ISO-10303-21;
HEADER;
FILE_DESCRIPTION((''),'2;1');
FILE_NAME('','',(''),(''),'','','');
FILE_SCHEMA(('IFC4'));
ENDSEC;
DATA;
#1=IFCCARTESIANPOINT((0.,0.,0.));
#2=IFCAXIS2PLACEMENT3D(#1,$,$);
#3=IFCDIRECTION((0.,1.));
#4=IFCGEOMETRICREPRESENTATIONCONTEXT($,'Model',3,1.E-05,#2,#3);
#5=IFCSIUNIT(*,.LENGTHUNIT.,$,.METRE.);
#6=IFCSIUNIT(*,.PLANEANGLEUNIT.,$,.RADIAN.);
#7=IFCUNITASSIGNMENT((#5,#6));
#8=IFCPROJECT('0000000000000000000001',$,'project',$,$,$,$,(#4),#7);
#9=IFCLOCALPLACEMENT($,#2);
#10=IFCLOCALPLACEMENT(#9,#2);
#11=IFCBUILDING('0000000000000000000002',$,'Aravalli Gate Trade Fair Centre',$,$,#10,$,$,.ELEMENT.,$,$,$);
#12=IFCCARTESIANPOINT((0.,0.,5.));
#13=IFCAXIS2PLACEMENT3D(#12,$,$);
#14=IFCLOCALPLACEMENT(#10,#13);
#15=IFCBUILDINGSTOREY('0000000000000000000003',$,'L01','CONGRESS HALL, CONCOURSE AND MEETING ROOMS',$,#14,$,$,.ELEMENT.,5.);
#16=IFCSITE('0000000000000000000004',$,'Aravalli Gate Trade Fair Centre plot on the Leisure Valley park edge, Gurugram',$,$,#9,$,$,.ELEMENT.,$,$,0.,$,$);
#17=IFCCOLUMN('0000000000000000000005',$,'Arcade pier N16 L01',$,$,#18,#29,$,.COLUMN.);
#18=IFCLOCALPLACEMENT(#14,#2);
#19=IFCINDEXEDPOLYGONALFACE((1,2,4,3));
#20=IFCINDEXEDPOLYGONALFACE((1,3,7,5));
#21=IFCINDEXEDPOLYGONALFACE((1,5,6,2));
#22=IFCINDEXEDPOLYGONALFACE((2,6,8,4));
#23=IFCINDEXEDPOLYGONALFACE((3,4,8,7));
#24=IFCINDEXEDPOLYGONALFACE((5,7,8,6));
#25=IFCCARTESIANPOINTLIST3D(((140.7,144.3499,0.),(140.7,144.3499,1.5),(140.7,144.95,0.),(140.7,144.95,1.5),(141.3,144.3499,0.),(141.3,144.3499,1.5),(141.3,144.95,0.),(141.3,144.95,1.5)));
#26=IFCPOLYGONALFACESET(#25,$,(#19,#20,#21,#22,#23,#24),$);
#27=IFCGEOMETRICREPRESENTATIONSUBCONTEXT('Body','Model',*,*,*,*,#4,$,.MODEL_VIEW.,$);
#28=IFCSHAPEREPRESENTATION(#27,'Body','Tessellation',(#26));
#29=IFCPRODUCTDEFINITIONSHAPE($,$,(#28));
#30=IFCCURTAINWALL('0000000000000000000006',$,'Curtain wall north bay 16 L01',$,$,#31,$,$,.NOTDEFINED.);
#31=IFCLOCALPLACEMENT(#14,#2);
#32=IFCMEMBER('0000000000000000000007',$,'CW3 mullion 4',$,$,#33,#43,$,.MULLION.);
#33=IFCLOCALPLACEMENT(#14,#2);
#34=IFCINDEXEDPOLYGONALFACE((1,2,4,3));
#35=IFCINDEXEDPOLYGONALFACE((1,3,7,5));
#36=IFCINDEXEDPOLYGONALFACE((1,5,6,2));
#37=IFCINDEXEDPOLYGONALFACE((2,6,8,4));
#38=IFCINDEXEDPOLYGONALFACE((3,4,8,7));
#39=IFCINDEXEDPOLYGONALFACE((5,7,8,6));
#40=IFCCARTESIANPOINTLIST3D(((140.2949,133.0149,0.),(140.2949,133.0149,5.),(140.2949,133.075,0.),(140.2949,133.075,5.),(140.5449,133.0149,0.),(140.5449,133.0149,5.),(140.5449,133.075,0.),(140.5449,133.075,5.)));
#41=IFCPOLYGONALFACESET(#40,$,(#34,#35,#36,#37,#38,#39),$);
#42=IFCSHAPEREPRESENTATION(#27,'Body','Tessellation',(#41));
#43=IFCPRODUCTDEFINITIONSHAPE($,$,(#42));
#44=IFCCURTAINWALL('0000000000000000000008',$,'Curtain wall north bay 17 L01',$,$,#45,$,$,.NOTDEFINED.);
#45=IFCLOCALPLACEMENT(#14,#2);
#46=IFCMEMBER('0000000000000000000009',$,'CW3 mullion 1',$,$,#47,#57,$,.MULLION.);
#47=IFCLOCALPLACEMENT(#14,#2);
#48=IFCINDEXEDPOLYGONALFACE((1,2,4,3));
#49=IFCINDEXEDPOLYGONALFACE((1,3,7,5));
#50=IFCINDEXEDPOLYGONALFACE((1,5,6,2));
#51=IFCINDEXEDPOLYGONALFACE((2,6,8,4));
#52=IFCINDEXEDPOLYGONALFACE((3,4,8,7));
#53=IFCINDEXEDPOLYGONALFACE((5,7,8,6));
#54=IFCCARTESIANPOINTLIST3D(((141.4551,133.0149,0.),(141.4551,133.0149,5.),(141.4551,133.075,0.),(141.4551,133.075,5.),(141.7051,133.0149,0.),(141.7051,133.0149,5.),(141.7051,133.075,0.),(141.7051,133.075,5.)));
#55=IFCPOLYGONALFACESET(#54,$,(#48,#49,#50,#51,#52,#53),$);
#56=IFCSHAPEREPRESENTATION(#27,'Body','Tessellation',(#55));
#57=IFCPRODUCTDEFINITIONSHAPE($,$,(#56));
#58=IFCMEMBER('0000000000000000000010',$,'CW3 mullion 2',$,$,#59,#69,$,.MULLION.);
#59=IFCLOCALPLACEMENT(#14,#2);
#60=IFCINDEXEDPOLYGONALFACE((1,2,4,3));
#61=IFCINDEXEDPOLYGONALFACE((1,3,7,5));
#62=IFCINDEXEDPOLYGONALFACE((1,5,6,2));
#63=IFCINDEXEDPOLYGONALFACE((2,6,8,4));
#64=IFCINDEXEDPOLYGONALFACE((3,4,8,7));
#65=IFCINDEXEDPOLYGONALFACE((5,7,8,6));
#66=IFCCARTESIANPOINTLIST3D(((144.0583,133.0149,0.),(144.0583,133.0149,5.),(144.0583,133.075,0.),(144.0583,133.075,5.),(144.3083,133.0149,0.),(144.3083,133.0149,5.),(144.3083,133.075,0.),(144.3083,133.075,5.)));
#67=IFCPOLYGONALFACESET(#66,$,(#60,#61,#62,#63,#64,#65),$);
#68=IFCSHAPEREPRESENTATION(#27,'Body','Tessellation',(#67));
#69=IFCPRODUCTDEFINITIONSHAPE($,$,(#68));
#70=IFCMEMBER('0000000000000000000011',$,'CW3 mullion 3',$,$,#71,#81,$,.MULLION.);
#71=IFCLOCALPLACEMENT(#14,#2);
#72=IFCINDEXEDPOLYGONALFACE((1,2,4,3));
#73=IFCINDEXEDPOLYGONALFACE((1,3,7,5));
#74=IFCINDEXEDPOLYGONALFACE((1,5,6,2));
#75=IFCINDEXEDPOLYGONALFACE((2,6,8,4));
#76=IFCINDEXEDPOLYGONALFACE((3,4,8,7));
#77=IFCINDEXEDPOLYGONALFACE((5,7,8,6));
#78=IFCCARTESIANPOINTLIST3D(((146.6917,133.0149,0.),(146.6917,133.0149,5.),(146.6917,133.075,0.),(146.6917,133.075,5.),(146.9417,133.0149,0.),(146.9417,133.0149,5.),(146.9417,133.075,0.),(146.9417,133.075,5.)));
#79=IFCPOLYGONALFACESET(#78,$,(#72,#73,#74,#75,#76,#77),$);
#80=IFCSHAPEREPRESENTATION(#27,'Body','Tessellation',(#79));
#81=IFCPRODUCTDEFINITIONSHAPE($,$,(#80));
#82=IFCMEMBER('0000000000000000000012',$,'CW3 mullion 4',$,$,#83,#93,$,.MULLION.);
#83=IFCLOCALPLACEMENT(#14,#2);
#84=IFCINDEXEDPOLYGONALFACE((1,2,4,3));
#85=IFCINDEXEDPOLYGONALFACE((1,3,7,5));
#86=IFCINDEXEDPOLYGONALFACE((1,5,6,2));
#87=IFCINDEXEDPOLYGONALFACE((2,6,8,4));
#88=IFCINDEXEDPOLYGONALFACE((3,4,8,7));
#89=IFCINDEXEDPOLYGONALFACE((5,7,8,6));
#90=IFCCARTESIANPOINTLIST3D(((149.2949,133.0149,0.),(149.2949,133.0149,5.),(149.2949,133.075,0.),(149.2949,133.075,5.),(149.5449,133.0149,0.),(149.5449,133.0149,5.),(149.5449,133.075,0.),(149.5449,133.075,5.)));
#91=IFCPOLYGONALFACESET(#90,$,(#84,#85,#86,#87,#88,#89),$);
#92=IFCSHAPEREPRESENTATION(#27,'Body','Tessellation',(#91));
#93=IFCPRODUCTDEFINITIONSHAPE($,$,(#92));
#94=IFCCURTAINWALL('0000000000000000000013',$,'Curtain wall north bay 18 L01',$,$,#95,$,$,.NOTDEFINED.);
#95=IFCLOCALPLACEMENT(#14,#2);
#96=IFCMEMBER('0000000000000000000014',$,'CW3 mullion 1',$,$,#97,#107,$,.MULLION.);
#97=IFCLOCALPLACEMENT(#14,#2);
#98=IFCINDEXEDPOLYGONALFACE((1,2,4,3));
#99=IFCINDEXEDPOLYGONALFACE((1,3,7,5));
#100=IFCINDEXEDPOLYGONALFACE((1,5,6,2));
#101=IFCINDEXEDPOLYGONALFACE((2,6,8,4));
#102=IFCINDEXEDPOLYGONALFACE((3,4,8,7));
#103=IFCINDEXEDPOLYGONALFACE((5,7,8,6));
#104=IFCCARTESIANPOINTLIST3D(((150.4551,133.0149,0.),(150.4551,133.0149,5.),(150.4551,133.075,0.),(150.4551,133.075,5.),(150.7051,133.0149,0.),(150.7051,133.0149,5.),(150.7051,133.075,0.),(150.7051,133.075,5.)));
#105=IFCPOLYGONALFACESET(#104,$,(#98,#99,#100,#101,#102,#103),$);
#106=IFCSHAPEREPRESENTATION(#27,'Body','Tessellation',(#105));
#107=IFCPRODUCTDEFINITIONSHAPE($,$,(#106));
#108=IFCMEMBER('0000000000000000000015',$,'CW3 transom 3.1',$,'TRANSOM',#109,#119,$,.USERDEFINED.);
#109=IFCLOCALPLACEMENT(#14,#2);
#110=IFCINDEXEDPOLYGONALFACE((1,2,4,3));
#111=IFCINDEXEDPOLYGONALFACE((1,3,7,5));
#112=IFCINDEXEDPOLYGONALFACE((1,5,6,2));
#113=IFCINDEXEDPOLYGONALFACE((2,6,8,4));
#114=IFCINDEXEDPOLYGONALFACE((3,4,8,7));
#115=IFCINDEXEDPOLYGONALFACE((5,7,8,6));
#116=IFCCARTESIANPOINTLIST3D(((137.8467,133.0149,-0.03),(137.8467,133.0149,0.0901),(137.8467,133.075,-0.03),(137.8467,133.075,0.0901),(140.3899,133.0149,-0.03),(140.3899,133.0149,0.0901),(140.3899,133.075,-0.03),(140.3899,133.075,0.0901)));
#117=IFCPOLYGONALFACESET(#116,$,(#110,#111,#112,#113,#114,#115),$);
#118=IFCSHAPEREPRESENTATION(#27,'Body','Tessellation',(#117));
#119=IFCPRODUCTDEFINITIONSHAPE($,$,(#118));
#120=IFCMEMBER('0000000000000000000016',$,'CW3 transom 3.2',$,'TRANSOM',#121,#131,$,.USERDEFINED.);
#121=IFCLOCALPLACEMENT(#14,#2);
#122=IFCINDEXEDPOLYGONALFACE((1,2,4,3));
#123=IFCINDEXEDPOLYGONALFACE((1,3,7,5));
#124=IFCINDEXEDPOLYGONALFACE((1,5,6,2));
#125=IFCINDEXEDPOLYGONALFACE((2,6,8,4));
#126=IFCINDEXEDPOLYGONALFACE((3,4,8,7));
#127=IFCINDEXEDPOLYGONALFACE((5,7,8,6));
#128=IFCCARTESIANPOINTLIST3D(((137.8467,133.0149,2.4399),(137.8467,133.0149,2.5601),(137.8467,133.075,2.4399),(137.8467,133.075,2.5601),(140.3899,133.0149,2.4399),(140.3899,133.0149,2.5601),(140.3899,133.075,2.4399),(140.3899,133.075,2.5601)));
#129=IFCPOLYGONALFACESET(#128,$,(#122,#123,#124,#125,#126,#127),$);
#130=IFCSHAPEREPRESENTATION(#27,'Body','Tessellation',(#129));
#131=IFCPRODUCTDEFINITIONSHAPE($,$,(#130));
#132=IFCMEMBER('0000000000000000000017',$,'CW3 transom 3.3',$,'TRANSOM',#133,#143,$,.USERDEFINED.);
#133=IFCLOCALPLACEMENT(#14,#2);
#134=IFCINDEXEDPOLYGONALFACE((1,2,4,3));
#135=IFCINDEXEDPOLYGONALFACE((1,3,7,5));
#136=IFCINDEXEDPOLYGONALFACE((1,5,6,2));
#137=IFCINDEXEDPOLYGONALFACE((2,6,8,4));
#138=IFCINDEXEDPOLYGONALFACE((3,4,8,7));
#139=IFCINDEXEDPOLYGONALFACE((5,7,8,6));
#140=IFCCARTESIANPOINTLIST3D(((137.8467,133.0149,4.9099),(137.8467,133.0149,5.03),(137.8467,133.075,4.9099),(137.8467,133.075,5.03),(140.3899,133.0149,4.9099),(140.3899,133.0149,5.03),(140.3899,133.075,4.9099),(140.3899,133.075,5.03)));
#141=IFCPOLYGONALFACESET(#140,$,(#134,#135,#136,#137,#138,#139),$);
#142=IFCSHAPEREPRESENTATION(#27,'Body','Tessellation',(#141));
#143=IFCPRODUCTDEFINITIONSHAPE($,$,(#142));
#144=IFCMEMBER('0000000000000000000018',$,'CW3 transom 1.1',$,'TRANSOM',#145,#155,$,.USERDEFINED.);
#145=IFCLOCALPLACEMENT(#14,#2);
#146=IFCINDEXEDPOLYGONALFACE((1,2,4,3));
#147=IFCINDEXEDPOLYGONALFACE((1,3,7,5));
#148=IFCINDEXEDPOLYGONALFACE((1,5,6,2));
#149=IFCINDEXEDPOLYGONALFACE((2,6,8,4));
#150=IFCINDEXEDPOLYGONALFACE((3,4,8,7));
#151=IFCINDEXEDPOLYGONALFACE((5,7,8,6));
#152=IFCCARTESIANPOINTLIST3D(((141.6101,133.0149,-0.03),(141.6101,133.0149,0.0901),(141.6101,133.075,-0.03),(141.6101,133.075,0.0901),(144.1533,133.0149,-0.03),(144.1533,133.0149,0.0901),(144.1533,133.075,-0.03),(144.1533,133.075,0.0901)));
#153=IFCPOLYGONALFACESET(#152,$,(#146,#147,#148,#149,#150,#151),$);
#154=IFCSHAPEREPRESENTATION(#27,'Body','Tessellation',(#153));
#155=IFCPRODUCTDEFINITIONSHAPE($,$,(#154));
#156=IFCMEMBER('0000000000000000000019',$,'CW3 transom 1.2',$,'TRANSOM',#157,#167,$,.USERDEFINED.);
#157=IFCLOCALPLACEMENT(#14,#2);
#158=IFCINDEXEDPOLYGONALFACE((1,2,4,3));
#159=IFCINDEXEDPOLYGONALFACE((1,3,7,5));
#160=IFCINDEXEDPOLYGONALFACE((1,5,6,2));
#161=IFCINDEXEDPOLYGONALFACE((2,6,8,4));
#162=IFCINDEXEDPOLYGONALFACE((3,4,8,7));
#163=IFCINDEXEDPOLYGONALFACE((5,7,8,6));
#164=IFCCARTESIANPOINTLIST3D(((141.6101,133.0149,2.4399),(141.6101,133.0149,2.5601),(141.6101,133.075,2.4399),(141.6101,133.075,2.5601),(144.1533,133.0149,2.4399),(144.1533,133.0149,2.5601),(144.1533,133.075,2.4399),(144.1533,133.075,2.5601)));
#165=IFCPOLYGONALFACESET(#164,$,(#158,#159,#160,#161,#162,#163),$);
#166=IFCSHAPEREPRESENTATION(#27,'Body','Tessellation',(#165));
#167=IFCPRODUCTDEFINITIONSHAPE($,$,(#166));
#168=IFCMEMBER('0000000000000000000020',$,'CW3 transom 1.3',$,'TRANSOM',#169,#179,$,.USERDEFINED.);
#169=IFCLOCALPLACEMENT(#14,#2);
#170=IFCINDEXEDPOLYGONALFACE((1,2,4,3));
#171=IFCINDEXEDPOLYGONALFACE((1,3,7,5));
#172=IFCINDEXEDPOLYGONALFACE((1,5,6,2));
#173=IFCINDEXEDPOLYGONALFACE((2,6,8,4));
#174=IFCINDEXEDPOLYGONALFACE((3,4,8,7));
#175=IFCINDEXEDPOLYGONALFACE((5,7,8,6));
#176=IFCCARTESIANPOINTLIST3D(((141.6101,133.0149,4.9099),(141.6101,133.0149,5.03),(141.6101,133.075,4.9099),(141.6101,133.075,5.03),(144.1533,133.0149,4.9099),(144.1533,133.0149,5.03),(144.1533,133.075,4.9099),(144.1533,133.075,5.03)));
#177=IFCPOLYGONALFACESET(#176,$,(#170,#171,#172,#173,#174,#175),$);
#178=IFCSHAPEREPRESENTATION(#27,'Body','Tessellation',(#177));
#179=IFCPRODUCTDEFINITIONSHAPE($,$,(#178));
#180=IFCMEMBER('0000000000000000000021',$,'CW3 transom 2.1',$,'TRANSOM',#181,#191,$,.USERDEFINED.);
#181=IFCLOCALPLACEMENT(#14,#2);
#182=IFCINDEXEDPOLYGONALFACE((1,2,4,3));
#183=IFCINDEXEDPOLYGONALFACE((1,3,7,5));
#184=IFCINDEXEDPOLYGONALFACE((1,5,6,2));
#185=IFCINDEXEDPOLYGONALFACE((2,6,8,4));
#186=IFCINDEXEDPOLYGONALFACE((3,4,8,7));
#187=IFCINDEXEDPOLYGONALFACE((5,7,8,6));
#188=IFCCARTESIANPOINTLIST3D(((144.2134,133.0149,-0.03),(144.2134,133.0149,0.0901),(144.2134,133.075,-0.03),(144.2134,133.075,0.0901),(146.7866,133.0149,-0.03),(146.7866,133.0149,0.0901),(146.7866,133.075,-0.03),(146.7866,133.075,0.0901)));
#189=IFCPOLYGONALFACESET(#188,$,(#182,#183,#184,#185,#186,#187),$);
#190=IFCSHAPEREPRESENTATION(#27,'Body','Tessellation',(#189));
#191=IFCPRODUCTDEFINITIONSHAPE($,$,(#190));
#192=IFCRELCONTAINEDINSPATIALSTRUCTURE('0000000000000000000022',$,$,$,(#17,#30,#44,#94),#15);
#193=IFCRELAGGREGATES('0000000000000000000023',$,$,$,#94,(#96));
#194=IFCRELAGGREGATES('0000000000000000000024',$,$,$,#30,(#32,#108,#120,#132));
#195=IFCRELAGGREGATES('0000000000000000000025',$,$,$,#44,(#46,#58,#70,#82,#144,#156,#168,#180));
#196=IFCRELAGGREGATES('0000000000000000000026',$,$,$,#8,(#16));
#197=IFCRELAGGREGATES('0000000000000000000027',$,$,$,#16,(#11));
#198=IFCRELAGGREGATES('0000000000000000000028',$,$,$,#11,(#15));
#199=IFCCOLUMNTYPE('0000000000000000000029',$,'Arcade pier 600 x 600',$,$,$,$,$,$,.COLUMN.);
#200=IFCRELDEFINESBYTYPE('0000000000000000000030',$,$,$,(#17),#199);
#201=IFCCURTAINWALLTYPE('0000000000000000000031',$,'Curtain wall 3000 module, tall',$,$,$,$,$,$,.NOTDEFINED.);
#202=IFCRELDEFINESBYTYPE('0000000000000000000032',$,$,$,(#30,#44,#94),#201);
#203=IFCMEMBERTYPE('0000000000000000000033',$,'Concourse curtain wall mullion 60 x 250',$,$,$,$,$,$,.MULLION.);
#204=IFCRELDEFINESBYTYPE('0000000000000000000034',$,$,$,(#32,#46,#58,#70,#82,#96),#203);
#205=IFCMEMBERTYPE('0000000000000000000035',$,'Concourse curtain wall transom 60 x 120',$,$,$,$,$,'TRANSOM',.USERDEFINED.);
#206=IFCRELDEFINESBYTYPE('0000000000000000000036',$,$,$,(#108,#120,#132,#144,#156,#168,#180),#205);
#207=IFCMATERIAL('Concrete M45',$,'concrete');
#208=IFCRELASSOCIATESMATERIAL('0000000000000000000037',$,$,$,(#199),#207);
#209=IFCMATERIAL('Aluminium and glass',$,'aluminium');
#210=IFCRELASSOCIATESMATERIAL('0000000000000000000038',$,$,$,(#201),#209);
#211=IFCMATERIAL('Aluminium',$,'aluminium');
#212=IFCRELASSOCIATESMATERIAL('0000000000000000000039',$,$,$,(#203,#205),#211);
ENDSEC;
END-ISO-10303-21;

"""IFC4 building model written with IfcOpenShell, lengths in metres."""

from ifc_helpers import new_model, si_unit, direction, frame, origin, origin_2d, place, context, subcontext, project, spatial, rectangle, extrude, material, material_profile, profile_set, type_object, element, aggregate, save


model = new_model("IFC4")

# Units and contexts
model_context = context("Model", 3, precision=1e-05, world=origin(), true_north=direction((0.0, 1.0)))
body_context = subcontext(model_context, "Body", "Model", "MODEL_VIEW")
ifc_project = project(units=[si_unit("LENGTHUNIT", "METRE"), si_unit("PLANEANGLEUNIT", "RADIAN")], contexts=[model_context])

# Site, building, storey
site_placement = place(None, origin())
site = spatial("IfcSite", under=ifc_project, at=site_placement, Name="Aravalli Gate Trade Fair Centre plot on the Leisure Valley park edge, Gurugram", CompositionType="ELEMENT", RefElevation=0.0)
building_placement = place(site_placement, origin())
building = spatial("IfcBuilding", under=site, at=building_placement, Name="Aravalli Gate Trade Fair Centre", CompositionType="ELEMENT")
storey_placement = place(building_placement, frame((0.0, 0.0, 5.0)))
storey = spatial("IfcBuildingStorey", under=building, at=storey_placement, Name="L01", Description="CONGRESS HALL, CONCOURSE AND MEETING ROOMS", CompositionType="ELEMENT", Elevation=5.0)

# Column
ifc_material_1 = material(Name="Concrete M45", Category="concrete")
ifc_material_profile_1 = material_profile(ifc_material_1, rectangle(XDim=0.6001, YDim=0.6001, at=origin_2d()), Name="Arcade pier 600 x 600")
ifc_profile_set_1 = profile_set([ifc_material_profile_1], Name="Concrete M45")
column_type = type_object("IfcColumnType", Name="Arcade pier 600 x 600", PredefinedType="COLUMN", material=ifc_profile_set_1)
column_placement = place(storey_placement, frame((141.0, 144.6499, 0.0), z_axis=(0.0, 0.0, 1.0), x_axis=(1.0, 0.0, 0.0)))
element("IfcColumn", 1, at=column_placement, inside=storey, type_object=column_type, Name="Arcade pier N16 L01", PredefinedType="COLUMN", context=body_context, shape_type="SweptSolid", body=[
    extrude(rectangle(XDim=0.6001, YDim=0.6001, at=origin_2d()), origin(), (0.0, 0.0, 1.0), 1.5),
])

# Curtain wall, member
ifc_material_2 = material(Name="Aluminium and glass", Category="aluminium")
curtain_wall_type = type_object("IfcCurtainWallType", Name="Curtain wall 3000 module, tall", PredefinedType="NOTDEFINED", material=ifc_material_2)
curtain_wall_1_placement = place(storey_placement, origin())
curtain_wall_1 = element("IfcCurtainWall", 2, at=curtain_wall_1_placement, inside=storey, type_object=curtain_wall_type, Name="Curtain wall north bay 16 L01", PredefinedType="NOTDEFINED")
ifc_material_3 = material(Name="Aluminium", Category="aluminium")
ifc_material_profile_2 = material_profile(ifc_material_3, rectangle(XDim=0.0601, YDim=0.25, at=origin_2d()), Name="Concourse curtain wall mullion 60 x 250")
ifc_profile_set_2 = profile_set([ifc_material_profile_2], Name="Aluminium")
member_type_1 = type_object("IfcMemberType", Name="Concourse curtain wall mullion 60 x 250", PredefinedType="MULLION", material=ifc_profile_set_2)
member_1_placement = place(storey_placement, frame((140.4199, 133.0449, 0.0), z_axis=(0.0, 0.0, 1.0), x_axis=(0.0, 1.0, 0.0)))
member_1 = element("IfcMember", 3, at=member_1_placement, type_object=member_type_1, Name="CW3 mullion 4", PredefinedType="MULLION", context=body_context, shape_type="SweptSolid", body=[
    extrude(rectangle(XDim=0.0601, YDim=0.25, at=origin_2d()), origin(), (0.0, 0.0, 1.0), 5.0),
])

# Curtain wall, members
curtain_wall_2_placement = place(storey_placement, origin())
curtain_wall_2 = element("IfcCurtainWall", 4, at=curtain_wall_2_placement, inside=storey, type_object=curtain_wall_type, Name="Curtain wall north bay 17 L01", PredefinedType="NOTDEFINED")
member_2_placement = place(storey_placement, frame((141.5801, 133.0449, 0.0), z_axis=(0.0, 0.0, 1.0), x_axis=(0.0, 1.0, 0.0)))
member_2 = element("IfcMember", 5, at=member_2_placement, type_object=member_type_1, Name="CW3 mullion 1", PredefinedType="MULLION", context=body_context, shape_type="SweptSolid", body=[
    extrude(rectangle(XDim=0.0601, YDim=0.25, at=origin_2d()), origin(), (0.0, 0.0, 1.0), 5.0),
])
member_3_placement = place(storey_placement, frame((144.1833, 133.0449, 0.0), z_axis=(0.0, 0.0, 1.0), x_axis=(0.0, 1.0, 0.0)))
member_3 = element("IfcMember", 6, at=member_3_placement, type_object=member_type_1, Name="CW3 mullion 2", PredefinedType="MULLION", context=body_context, shape_type="SweptSolid", body=[
    extrude(rectangle(XDim=0.0601, YDim=0.25, at=origin_2d()), origin(), (0.0, 0.0, 1.0), 5.0),
])
member_4_placement = place(storey_placement, frame((146.8167, 133.0449, 0.0), z_axis=(0.0, 0.0, 1.0), x_axis=(0.0, 1.0, 0.0)))
member_4 = element("IfcMember", 7, at=member_4_placement, type_object=member_type_1, Name="CW3 mullion 3", PredefinedType="MULLION", context=body_context, shape_type="SweptSolid", body=[
    extrude(rectangle(XDim=0.0601, YDim=0.25, at=origin_2d()), origin(), (0.0, 0.0, 1.0), 5.0),
])
member_5_placement = place(storey_placement, frame((149.4199, 133.0449, 0.0), z_axis=(0.0, 0.0, 1.0), x_axis=(0.0, 1.0, 0.0)))
member_5 = element("IfcMember", 8, at=member_5_placement, type_object=member_type_1, Name="CW3 mullion 4", PredefinedType="MULLION", context=body_context, shape_type="SweptSolid", body=[
    extrude(rectangle(XDim=0.0601, YDim=0.25, at=origin_2d()), origin(), (0.0, 0.0, 1.0), 5.0),
])

# Curtain wall, member
curtain_wall_3_placement = place(storey_placement, origin())
curtain_wall_3 = element("IfcCurtainWall", 9, at=curtain_wall_3_placement, inside=storey, type_object=curtain_wall_type, Name="Curtain wall north bay 18 L01", PredefinedType="NOTDEFINED")
member_6_placement = place(storey_placement, frame((150.5801, 133.0449, 0.0), z_axis=(0.0, 0.0, 1.0), x_axis=(0.0, 1.0, 0.0)))
member_6 = element("IfcMember", 10, at=member_6_placement, type_object=member_type_1, Name="CW3 mullion 1", PredefinedType="MULLION", context=body_context, shape_type="SweptSolid", body=[
    extrude(rectangle(XDim=0.0601, YDim=0.25, at=origin_2d()), origin(), (0.0, 0.0, 1.0), 5.0),
])

# Members
ifc_material_profile_3 = material_profile(ifc_material_3, rectangle(XDim=0.0601, YDim=0.1201, at=origin_2d()), Name="Concourse curtain wall transom 60 x 120")
ifc_profile_set_3 = profile_set([ifc_material_profile_3], Name="Aluminium")
member_type_2 = type_object("IfcMemberType", Name="Concourse curtain wall transom 60 x 120", ElementType="TRANSOM", PredefinedType="USERDEFINED", material=ifc_profile_set_3)
member_7_placement = place(storey_placement, frame((137.8467, 133.0449, 0.03), z_axis=(1.0, 0.0, 0.0), x_axis=(0.0, 1.0, 0.0)))
member_7 = element("IfcMember", 11, at=member_7_placement, type_object=member_type_2, Name="CW3 transom 3.1", ObjectType="TRANSOM", PredefinedType="USERDEFINED", context=body_context, shape_type="SweptSolid", body=[
    extrude(rectangle(XDim=0.0601, YDim=0.1201, at=origin_2d()), origin(), (0.0, 0.0, 1.0), 2.5432),
])
member_8_placement = place(storey_placement, frame((137.8467, 133.0449, 2.5), z_axis=(1.0, 0.0, 0.0), x_axis=(0.0, 1.0, 0.0)))
member_8 = element("IfcMember", 12, at=member_8_placement, type_object=member_type_2, Name="CW3 transom 3.2", ObjectType="TRANSOM", PredefinedType="USERDEFINED", context=body_context, shape_type="SweptSolid", body=[
    extrude(rectangle(XDim=0.0601, YDim=0.1201, at=origin_2d()), origin(), (0.0, 0.0, 1.0), 2.5432),
])
member_9_placement = place(storey_placement, frame((137.8467, 133.0449, 4.97), z_axis=(1.0, 0.0, 0.0), x_axis=(0.0, 1.0, 0.0)))
member_9 = element("IfcMember", 13, at=member_9_placement, type_object=member_type_2, Name="CW3 transom 3.3", ObjectType="TRANSOM", PredefinedType="USERDEFINED", context=body_context, shape_type="SweptSolid", body=[
    extrude(rectangle(XDim=0.0601, YDim=0.1201, at=origin_2d()), origin(), (0.0, 0.0, 1.0), 2.5432),
])
member_10_placement = place(storey_placement, frame((141.6101, 133.0449, 0.03), z_axis=(1.0, 0.0, 0.0), x_axis=(0.0, 1.0, 0.0)))
member_10 = element("IfcMember", 14, at=member_10_placement, type_object=member_type_2, Name="CW3 transom 1.1", ObjectType="TRANSOM", PredefinedType="USERDEFINED", context=body_context, shape_type="SweptSolid", body=[
    extrude(rectangle(XDim=0.0601, YDim=0.1201, at=origin_2d()), origin(), (0.0, 0.0, 1.0), 2.5432),
])
member_11_placement = place(storey_placement, frame((141.6101, 133.0449, 2.5), z_axis=(1.0, 0.0, 0.0), x_axis=(0.0, 1.0, 0.0)))
member_11 = element("IfcMember", 15, at=member_11_placement, type_object=member_type_2, Name="CW3 transom 1.2", ObjectType="TRANSOM", PredefinedType="USERDEFINED", context=body_context, shape_type="SweptSolid", body=[
    extrude(rectangle(XDim=0.0601, YDim=0.1201, at=origin_2d()), origin(), (0.0, 0.0, 1.0), 2.5432),
])
member_12_placement = place(storey_placement, frame((141.6101, 133.0449, 4.97), z_axis=(1.0, 0.0, 0.0), x_axis=(0.0, 1.0, 0.0)))
member_12 = element("IfcMember", 16, at=member_12_placement, type_object=member_type_2, Name="CW3 transom 1.3", ObjectType="TRANSOM", PredefinedType="USERDEFINED", context=body_context, shape_type="SweptSolid", body=[
    extrude(rectangle(XDim=0.0601, YDim=0.1201, at=origin_2d()), origin(), (0.0, 0.0, 1.0), 2.5432),
])
member_13_placement = place(storey_placement, frame((144.2134, 133.0449, 0.03), z_axis=(1.0, 0.0, 0.0), x_axis=(0.0, 1.0, 0.0)))
member_13 = element("IfcMember", 17, at=member_13_placement, type_object=member_type_2, Name="CW3 transom 2.1", ObjectType="TRANSOM", PredefinedType="USERDEFINED", context=body_context, shape_type="SweptSolid", body=[
    extrude(rectangle(XDim=0.0601, YDim=0.1201, at=origin_2d()), origin(), (0.0, 0.0, 1.0), 2.5732),
])
aggregate(curtain_wall_3, [member_6])

aggregate(curtain_wall_1, [member_1, member_7, member_8, member_9])
aggregate(curtain_wall_2, [member_2, member_3, member_4, member_5, member_10, member_11, member_12, member_13])

save(model, "model.ifc")
